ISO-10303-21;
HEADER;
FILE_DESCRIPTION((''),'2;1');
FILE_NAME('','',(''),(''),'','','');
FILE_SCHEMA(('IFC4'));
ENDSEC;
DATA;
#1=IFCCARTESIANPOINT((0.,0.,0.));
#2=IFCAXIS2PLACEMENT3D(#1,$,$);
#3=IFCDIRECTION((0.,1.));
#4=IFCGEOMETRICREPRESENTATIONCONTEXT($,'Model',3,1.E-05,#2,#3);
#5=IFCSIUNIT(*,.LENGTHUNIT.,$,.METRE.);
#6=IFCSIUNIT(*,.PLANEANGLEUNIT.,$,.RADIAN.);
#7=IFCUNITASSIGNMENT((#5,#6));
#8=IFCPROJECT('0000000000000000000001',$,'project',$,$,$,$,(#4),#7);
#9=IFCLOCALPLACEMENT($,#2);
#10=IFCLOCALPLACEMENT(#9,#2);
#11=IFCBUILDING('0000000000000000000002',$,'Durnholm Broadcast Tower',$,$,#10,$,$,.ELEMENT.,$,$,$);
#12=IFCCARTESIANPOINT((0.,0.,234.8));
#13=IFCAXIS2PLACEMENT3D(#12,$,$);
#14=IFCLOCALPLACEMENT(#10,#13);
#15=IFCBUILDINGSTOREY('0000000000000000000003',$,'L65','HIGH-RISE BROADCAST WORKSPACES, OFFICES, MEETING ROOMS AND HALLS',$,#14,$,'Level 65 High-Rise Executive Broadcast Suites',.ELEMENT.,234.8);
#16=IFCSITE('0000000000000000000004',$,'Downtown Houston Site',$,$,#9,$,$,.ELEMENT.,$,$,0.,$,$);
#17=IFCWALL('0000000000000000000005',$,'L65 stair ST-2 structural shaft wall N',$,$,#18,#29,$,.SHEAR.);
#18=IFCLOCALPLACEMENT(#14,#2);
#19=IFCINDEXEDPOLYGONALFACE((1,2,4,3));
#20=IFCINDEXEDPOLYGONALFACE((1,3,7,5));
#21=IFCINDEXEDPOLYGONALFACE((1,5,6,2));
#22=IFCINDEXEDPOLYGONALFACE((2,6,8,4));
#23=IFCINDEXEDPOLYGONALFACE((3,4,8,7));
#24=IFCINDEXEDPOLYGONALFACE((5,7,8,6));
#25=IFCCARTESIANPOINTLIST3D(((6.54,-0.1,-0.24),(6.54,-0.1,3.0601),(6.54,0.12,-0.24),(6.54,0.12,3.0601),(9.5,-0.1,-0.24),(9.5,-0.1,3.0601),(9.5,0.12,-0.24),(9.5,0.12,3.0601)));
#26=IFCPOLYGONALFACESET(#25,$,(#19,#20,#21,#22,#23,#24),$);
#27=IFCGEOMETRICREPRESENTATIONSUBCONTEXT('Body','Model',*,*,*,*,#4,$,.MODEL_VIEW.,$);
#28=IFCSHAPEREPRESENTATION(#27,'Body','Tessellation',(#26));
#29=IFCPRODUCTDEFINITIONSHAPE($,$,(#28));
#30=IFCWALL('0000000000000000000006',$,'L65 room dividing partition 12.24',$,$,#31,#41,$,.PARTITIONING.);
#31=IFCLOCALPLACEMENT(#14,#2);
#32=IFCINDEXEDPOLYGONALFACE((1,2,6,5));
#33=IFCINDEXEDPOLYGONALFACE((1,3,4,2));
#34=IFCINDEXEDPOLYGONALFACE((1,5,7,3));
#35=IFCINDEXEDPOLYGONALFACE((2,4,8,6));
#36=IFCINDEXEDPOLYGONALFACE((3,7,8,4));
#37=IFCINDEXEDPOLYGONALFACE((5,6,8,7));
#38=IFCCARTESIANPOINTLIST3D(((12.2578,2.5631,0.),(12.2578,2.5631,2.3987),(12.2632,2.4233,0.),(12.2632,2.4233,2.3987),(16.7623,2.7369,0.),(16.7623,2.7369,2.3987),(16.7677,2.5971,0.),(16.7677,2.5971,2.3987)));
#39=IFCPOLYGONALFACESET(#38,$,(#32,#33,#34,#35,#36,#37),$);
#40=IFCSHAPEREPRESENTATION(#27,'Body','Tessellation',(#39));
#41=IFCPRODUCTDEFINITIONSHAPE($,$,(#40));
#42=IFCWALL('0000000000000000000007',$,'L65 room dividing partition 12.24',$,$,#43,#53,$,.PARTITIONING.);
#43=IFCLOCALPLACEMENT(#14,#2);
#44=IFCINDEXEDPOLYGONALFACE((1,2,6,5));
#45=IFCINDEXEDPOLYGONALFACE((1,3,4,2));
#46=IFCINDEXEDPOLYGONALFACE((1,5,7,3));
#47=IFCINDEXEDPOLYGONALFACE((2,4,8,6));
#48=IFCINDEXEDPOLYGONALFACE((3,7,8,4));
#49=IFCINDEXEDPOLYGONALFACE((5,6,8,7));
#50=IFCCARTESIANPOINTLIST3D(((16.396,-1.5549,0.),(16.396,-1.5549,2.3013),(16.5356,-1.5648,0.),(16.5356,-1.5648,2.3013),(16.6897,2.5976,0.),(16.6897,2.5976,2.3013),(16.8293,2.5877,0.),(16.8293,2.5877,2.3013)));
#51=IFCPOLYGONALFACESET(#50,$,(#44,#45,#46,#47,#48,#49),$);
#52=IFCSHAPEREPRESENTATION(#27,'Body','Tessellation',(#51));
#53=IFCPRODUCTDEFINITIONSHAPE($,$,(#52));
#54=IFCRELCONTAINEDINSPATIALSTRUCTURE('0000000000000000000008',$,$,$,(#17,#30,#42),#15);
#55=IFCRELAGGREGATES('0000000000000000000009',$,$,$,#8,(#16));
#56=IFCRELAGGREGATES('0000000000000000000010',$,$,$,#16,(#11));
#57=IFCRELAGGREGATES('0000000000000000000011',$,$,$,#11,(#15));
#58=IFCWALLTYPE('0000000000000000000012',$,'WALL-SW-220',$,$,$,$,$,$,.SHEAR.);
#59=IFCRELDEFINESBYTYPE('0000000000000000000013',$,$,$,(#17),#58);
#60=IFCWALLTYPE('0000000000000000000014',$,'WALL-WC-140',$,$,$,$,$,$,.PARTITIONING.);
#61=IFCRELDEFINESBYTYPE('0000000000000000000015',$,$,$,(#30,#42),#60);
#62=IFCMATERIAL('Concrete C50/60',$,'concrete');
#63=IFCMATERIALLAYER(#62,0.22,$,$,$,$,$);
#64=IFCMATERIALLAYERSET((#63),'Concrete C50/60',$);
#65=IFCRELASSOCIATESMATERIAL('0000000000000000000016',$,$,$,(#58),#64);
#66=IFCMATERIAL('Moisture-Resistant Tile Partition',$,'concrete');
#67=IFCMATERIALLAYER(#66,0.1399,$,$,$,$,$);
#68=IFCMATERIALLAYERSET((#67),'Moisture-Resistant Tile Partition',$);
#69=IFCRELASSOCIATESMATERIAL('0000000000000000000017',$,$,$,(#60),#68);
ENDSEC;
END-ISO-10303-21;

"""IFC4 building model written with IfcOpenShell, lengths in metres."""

from ifc_helpers import new_model, si_unit, direction, frame, frame_2d, origin, place, context, subcontext, project, spatial, rectangle, extrude, material, layer, layer_set, type_object, element, save


model = new_model("IFC4")

# Units and contexts
model_context = context("Model", 3, precision=1e-05, world=origin(), true_north=direction((0.0, 1.0)))
body_context = subcontext(model_context, "Body", "Model", "MODEL_VIEW")
ifc_project = project(units=[si_unit("LENGTHUNIT", "METRE"), si_unit("PLANEANGLEUNIT", "RADIAN")], contexts=[model_context])

# Site, building, storey
site_placement = place(None, origin())
site = spatial("IfcSite", under=ifc_project, at=site_placement, Name="Downtown Houston Site", CompositionType="ELEMENT", RefElevation=0.0)
building_placement = place(site_placement, origin())
building = spatial("IfcBuilding", under=site, at=building_placement, Name="Durnholm Broadcast Tower", CompositionType="ELEMENT")
storey_placement = place(building_placement, frame((0.0, 0.0, 234.8)))
storey = spatial("IfcBuildingStorey", under=building, at=storey_placement, Name="L65", Description="HIGH-RISE BROADCAST WORKSPACES, OFFICES, MEETING ROOMS AND HALLS", LongName="Level 65 High-Rise Executive Broadcast Suites", CompositionType="ELEMENT", Elevation=234.8)

# Walls
ifc_material_1 = material(Name="Concrete C50/60", Category="concrete")
ifc_layer_1 = layer(ifc_material_1, 0.22)
ifc_layer_set_1 = layer_set([ifc_layer_1], Name="Concrete C50/60")
wall_type_1 = type_object("IfcWallType", Name="WALL-SW-220", PredefinedType="SHEAR", material=ifc_layer_set_1)
wall_1_placement = place(storey_placement, frame((9.5, 0.01, -0.24), z_axis=(0.0, 0.0, 1.0), x_axis=(-1.0, 0.0, 0.0)))
element("IfcWall", 1, at=wall_1_placement, inside=storey, type_object=wall_type_1, Name="L65 stair ST-2 structural shaft wall N", PredefinedType="SHEAR", context=body_context, shape_type="SweptSolid", body=[
    extrude(rectangle(XDim=2.96, YDim=0.22, at=frame_2d((1.48, 0.0))), origin(), (0.0, 0.0, 1.0), 3.3),
])
ifc_material_2 = material(Name="Moisture-Resistant Tile Partition", Category="concrete")
ifc_layer_2 = layer(ifc_material_2, 0.1399)
ifc_layer_set_2 = layer_set([ifc_layer_2], Name="Moisture-Resistant Tile Partition")
wall_type_2 = type_object("IfcWallType", Name="WALL-WC-140", PredefinedType="PARTITIONING", material=ifc_layer_set_2)
wall_2_placement = place(storey_placement, frame((12.2605, 2.4932, 0.0), z_axis=(0.0, 0.0, 1.0), x_axis=(0.999256, 0.038562, 0.0)))
element("IfcWall", 2, at=wall_2_placement, inside=storey, type_object=wall_type_2, Name="L65 room dividing partition 12.24", PredefinedType="PARTITIONING", context=body_context, shape_type="SweptSolid", body=[
    extrude(rectangle(XDim=4.5078, YDim=0.1399, at=frame_2d((2.2539, 0.0))), origin(), (0.0, 0.0, 1.0), 2.3987),
])
wall_3_placement = place(storey_placement, frame((16.7595, 2.5928, 0.0), z_axis=(0.0, 0.0, 1.0), x_axis=(-0.070551, -0.997508, 0.0)))
element("IfcWall", 3, at=wall_3_placement, inside=storey, type_object=wall_type_2, Name="L65 room dividing partition 12.24", PredefinedType="PARTITIONING", context=body_context, shape_type="SweptSolid", body=[
    extrude(rectangle(XDim=4.1628, YDim=0.1399, at=frame_2d((2.0815, 0.0))), origin(), (0.0, 0.0, 1.0), 2.3013),
])

save(model, "model.ifc")
